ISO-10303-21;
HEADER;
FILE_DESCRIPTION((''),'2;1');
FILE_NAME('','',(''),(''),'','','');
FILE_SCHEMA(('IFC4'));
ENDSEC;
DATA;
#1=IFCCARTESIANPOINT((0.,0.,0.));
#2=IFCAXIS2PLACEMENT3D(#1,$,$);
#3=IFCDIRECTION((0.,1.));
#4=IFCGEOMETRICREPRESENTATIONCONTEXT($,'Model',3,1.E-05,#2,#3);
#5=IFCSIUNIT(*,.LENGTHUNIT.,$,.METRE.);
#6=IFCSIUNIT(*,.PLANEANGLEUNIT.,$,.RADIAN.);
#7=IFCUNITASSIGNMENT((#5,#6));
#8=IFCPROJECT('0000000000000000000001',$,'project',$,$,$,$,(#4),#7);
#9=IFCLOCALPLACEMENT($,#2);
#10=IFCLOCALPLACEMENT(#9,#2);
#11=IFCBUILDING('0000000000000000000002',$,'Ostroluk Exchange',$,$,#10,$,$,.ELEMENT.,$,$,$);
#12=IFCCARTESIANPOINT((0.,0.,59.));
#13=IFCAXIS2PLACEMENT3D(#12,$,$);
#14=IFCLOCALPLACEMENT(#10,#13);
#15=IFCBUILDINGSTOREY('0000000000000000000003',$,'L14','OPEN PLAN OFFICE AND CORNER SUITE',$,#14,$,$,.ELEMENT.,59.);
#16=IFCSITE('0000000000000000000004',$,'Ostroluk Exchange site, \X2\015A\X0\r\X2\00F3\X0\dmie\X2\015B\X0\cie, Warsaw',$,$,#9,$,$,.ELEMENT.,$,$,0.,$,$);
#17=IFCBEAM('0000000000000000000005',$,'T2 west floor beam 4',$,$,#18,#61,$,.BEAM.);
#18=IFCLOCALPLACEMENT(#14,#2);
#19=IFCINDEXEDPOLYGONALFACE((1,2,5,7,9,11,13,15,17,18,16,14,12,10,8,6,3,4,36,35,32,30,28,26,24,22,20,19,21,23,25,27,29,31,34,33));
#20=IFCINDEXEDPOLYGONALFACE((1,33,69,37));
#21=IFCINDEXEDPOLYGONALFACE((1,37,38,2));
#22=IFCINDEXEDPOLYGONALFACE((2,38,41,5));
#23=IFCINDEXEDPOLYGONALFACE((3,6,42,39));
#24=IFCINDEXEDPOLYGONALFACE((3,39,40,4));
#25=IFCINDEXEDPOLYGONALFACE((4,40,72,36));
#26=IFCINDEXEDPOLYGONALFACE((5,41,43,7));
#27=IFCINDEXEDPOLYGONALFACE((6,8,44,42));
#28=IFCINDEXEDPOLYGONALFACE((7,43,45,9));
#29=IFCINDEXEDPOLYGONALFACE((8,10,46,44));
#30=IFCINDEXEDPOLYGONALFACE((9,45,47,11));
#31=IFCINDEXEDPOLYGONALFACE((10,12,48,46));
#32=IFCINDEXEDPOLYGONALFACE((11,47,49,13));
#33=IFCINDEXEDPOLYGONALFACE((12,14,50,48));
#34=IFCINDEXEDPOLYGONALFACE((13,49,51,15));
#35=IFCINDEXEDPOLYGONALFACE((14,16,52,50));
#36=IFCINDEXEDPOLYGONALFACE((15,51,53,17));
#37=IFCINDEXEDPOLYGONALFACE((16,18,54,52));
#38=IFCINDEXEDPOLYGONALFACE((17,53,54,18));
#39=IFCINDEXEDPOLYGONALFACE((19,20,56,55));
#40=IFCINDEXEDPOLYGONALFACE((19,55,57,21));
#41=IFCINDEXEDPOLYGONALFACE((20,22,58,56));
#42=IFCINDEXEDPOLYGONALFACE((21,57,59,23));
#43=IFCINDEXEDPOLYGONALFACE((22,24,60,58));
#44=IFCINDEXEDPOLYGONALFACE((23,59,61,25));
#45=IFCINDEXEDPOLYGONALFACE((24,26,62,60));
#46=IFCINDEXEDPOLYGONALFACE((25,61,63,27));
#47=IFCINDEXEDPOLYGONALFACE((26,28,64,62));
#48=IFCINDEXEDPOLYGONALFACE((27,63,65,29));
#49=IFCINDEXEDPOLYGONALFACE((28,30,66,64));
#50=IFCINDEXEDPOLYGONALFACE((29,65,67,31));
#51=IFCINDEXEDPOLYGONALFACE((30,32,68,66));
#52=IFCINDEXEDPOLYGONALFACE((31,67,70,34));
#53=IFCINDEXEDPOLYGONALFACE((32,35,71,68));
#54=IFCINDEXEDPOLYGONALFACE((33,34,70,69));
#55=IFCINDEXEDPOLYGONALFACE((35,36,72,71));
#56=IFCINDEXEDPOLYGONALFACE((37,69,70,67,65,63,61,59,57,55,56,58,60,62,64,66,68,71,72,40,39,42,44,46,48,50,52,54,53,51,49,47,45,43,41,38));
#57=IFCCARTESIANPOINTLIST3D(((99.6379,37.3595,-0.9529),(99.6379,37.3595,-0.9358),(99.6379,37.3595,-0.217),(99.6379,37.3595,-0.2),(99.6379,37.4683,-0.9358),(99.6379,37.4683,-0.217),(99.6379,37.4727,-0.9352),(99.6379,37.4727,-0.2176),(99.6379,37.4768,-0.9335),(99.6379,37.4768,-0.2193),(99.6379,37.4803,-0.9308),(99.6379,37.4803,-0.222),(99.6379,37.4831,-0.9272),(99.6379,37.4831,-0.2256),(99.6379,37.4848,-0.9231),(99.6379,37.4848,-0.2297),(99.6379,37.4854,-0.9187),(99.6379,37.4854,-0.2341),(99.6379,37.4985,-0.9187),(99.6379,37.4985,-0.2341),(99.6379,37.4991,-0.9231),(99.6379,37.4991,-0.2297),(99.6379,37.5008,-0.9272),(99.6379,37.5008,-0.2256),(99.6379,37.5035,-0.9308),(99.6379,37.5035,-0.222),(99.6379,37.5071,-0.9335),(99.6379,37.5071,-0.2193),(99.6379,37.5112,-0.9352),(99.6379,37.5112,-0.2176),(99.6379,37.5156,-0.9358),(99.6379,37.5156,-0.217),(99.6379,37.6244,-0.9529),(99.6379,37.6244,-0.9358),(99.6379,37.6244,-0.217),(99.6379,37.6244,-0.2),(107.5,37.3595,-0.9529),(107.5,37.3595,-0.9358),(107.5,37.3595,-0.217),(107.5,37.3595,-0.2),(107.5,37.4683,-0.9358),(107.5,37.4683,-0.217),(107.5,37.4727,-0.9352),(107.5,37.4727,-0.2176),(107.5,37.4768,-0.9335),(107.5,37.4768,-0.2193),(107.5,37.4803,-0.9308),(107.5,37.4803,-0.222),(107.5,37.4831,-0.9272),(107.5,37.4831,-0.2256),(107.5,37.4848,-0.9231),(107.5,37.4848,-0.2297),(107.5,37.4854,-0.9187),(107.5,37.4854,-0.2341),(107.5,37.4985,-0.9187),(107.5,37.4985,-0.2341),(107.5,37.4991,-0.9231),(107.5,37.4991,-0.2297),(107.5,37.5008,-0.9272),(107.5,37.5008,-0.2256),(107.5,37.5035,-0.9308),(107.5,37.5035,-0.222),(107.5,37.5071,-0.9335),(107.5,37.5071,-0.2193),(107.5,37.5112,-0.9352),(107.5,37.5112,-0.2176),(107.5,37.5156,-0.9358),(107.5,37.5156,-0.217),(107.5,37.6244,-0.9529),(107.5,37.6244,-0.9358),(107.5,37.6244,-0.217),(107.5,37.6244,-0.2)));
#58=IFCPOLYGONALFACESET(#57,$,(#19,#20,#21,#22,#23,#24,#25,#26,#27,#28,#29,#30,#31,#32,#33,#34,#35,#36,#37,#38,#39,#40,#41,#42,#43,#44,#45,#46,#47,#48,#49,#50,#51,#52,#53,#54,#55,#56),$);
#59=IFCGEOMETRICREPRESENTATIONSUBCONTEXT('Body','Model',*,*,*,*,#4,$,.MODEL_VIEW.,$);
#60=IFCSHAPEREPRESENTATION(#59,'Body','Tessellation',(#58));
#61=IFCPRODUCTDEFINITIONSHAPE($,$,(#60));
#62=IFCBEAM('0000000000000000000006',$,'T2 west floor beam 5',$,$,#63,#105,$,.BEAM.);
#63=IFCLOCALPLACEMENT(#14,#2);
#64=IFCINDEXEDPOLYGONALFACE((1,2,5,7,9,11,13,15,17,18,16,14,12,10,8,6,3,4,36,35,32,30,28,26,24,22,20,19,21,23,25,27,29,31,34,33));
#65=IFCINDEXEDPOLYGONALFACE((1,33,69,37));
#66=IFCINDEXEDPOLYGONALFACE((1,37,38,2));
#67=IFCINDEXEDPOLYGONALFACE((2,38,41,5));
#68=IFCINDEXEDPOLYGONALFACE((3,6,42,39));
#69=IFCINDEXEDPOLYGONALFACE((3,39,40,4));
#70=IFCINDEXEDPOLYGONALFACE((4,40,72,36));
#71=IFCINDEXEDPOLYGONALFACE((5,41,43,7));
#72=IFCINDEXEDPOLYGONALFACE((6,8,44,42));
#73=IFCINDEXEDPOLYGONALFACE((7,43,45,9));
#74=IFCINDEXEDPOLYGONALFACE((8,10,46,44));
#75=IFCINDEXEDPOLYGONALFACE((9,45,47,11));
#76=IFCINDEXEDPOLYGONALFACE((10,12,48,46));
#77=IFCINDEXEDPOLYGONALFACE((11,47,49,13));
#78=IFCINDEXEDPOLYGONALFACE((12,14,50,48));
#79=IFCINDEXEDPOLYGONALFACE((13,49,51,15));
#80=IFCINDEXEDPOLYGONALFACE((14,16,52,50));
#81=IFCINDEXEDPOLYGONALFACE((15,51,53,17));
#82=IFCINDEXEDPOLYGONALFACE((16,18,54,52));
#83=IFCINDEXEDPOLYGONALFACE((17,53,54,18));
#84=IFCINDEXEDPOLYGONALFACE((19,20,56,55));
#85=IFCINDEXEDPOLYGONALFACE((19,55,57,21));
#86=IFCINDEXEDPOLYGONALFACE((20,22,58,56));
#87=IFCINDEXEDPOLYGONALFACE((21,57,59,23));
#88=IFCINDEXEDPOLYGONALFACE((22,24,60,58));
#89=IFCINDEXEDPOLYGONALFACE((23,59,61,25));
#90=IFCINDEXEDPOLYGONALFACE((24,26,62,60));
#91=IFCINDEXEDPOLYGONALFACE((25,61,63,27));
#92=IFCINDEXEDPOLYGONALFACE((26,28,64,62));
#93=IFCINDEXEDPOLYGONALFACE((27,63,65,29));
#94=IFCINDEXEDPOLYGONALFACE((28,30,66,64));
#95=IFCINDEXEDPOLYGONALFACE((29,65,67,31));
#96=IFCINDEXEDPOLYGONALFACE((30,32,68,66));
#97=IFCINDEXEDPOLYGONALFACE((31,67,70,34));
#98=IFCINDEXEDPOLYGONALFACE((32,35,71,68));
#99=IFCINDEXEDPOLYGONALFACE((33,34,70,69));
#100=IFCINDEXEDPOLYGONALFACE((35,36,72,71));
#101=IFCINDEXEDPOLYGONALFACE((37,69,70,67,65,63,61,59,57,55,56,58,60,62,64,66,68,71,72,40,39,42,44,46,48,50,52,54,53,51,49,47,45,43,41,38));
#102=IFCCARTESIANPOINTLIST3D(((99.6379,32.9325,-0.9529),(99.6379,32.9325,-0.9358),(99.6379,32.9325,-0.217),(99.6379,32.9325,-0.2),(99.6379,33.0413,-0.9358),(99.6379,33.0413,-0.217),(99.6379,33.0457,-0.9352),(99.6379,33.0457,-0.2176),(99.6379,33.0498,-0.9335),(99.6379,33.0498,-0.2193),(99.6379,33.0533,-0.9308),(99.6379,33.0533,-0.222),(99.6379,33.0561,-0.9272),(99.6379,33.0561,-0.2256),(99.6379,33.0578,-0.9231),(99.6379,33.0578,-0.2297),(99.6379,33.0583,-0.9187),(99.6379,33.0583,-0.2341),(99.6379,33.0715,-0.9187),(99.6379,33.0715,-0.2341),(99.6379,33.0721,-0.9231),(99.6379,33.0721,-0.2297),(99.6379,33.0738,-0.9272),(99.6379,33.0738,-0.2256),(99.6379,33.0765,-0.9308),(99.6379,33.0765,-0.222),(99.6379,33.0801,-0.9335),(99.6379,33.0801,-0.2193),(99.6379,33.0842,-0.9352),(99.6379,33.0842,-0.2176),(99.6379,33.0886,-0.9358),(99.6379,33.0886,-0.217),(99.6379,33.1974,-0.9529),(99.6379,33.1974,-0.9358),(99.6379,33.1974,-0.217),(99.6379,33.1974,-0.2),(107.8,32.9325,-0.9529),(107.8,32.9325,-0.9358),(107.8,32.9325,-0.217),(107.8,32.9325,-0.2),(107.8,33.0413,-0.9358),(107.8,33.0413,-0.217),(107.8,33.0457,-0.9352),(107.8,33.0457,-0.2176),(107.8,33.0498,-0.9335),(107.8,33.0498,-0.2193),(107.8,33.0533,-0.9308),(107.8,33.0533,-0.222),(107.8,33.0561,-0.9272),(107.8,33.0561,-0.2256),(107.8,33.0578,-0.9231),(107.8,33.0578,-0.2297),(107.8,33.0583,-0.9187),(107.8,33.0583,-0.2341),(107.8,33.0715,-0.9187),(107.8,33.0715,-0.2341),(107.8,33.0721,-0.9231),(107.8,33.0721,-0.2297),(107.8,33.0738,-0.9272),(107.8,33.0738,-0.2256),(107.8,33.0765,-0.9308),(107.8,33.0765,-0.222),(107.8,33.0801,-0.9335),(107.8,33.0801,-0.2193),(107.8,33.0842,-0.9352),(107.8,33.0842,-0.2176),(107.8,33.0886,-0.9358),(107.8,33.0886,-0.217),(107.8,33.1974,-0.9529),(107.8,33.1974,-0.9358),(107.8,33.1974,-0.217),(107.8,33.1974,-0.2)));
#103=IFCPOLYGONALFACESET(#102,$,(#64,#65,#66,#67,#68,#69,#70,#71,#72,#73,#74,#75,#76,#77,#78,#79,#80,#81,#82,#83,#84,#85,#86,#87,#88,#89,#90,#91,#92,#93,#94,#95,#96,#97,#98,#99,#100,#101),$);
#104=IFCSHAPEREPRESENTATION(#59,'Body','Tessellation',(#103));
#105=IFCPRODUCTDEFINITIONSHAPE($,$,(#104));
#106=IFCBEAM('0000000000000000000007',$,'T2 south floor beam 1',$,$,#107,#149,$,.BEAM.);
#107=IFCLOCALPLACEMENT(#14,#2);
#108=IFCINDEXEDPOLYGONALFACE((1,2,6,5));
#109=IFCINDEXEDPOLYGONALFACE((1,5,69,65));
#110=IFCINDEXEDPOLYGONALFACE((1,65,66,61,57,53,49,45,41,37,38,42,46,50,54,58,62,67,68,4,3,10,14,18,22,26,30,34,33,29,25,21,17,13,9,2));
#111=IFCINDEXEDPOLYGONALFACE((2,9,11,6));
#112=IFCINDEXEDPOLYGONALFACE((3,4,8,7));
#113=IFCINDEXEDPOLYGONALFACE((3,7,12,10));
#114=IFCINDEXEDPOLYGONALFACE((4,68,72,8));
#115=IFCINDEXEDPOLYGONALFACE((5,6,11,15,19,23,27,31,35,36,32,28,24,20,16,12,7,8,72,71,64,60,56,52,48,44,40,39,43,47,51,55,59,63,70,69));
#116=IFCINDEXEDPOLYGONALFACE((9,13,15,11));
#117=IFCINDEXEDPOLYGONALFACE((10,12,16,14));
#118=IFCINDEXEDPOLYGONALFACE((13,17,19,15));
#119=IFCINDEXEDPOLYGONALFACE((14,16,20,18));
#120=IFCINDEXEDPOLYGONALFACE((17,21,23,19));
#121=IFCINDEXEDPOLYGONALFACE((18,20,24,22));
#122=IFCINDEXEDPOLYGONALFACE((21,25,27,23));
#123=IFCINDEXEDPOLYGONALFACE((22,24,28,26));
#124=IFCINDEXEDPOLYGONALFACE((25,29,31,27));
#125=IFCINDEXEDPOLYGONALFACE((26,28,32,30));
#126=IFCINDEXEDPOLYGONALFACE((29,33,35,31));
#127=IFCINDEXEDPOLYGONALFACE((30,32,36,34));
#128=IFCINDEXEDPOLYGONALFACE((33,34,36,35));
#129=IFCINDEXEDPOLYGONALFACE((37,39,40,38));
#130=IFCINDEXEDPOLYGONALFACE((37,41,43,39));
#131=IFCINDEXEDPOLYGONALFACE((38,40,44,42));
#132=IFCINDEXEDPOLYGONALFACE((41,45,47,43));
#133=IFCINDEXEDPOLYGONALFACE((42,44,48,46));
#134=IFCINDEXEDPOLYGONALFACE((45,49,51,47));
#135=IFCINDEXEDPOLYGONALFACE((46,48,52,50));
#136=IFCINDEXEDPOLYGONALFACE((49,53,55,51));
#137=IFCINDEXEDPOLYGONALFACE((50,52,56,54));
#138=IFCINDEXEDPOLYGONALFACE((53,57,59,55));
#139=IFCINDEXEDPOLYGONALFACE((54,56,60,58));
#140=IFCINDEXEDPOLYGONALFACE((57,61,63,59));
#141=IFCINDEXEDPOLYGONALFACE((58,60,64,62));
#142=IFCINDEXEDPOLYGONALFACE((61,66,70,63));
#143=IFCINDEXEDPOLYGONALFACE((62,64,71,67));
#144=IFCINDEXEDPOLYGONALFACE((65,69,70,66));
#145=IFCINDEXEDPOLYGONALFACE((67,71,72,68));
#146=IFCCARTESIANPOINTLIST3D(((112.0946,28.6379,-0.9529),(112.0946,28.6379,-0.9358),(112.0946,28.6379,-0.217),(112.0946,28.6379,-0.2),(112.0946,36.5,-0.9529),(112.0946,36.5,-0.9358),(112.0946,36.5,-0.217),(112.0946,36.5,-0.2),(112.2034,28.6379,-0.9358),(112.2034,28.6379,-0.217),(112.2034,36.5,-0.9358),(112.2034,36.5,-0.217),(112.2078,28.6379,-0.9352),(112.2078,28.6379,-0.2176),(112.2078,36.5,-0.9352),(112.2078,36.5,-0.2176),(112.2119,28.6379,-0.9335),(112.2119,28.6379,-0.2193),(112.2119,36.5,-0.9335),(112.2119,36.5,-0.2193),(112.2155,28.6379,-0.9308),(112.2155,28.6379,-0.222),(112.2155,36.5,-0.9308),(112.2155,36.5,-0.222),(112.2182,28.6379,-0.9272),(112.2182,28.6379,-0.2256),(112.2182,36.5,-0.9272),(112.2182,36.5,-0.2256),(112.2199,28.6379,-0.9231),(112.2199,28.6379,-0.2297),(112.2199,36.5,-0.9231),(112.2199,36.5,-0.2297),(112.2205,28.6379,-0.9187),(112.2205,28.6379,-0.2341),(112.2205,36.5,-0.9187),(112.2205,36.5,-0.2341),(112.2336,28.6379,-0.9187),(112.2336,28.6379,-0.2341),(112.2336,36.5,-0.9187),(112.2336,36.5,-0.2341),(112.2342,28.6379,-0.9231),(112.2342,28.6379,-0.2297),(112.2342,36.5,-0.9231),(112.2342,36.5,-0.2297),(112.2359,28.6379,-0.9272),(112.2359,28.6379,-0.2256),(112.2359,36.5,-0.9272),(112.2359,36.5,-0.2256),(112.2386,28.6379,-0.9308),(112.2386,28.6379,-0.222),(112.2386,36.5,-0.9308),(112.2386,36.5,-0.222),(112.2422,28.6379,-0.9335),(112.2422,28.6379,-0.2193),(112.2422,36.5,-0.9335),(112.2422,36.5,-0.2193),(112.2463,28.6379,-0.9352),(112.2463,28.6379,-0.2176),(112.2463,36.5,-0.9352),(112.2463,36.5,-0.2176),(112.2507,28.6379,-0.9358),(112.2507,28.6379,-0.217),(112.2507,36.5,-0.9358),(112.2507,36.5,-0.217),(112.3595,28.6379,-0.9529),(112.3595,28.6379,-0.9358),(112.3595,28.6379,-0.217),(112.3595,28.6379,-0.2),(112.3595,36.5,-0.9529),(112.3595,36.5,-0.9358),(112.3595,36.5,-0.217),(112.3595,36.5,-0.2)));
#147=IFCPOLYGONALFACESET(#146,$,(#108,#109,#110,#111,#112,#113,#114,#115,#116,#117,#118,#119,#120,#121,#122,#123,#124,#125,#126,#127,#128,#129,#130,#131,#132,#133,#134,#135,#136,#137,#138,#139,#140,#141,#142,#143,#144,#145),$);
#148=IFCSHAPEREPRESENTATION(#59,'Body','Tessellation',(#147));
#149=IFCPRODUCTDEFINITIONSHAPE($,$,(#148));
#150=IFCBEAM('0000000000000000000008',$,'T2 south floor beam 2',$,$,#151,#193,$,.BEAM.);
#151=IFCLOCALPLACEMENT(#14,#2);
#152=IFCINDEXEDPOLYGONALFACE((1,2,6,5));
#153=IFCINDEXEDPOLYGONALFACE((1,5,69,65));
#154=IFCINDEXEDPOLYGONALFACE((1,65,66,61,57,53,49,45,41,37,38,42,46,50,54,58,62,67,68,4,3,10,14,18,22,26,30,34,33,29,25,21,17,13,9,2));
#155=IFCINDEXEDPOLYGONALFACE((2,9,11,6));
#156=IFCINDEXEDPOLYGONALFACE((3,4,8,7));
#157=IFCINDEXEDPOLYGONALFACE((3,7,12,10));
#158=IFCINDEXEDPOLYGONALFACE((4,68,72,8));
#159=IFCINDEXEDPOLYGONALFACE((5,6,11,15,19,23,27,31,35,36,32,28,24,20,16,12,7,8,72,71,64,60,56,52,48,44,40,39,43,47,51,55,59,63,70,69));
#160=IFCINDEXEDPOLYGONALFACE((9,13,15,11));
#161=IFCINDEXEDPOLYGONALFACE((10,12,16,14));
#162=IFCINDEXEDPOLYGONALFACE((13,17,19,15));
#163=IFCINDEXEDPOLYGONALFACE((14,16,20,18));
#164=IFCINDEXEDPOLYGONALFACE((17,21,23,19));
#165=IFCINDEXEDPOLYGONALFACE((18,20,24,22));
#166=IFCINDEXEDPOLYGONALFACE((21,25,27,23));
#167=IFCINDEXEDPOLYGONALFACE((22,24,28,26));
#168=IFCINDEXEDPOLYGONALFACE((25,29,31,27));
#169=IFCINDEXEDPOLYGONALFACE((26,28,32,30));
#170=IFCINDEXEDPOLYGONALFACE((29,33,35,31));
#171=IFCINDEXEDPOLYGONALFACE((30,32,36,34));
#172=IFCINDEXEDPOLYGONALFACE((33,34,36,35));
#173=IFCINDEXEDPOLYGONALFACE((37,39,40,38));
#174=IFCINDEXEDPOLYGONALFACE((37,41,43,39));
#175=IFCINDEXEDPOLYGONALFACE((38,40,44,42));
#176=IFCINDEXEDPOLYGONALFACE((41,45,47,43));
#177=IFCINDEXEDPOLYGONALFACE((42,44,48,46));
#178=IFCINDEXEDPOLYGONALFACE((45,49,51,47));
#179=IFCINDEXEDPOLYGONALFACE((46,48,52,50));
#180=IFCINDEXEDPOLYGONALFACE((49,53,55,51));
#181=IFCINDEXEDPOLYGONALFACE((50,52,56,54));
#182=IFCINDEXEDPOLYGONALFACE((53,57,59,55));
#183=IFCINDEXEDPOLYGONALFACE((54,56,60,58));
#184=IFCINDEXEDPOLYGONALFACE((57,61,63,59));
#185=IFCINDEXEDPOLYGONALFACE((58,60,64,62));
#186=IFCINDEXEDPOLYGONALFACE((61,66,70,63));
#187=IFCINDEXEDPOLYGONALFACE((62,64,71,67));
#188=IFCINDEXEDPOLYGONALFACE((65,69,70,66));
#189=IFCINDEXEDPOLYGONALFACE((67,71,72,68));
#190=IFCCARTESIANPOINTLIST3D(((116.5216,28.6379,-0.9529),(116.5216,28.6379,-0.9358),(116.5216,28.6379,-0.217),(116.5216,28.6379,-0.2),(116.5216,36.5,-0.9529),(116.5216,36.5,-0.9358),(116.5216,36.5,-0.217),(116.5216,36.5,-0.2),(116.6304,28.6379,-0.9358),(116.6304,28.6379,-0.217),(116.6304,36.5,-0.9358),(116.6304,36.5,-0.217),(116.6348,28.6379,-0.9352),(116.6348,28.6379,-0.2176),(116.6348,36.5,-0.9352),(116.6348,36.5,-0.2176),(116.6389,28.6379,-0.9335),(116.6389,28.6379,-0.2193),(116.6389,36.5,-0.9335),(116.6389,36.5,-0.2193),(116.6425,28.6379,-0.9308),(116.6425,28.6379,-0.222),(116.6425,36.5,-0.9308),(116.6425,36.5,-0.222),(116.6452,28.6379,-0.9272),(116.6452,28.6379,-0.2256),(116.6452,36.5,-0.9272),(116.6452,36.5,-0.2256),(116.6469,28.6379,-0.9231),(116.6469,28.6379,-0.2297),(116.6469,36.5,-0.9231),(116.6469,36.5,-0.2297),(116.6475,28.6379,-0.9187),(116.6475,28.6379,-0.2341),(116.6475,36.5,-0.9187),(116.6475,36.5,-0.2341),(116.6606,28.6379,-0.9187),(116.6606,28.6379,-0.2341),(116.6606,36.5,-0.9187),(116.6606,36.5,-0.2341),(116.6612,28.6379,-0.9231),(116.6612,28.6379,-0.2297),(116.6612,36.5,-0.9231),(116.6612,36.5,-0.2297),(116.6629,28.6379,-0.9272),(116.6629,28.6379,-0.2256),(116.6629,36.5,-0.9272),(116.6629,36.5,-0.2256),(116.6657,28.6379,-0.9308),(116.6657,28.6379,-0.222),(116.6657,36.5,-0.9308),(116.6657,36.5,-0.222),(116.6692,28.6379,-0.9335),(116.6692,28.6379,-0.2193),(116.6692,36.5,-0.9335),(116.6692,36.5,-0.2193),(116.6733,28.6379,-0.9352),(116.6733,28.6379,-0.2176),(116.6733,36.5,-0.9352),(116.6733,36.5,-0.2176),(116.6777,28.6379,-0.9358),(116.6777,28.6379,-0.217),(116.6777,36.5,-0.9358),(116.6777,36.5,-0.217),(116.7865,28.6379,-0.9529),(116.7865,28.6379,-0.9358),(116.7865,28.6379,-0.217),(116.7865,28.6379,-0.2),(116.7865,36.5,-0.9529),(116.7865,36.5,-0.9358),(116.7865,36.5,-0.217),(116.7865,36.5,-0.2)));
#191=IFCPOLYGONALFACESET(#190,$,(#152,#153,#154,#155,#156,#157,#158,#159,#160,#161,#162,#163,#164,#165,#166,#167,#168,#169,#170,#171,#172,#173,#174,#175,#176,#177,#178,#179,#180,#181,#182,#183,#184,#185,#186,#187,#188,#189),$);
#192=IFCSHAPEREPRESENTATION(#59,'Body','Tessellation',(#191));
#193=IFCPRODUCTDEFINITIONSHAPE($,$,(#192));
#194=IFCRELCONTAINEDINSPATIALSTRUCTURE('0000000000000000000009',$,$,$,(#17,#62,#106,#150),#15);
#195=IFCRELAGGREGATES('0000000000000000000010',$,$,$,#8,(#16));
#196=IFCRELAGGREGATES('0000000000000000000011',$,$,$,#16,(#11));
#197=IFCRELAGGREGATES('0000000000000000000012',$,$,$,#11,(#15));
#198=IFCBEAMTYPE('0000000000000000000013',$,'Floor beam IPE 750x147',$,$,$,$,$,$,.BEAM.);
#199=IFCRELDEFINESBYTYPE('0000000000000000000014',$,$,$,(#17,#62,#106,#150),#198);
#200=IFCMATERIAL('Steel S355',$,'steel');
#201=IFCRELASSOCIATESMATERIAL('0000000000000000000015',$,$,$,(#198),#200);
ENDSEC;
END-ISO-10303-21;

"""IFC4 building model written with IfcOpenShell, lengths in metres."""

from ifc_helpers import new_model, si_unit, direction, frame, origin, origin_2d, place, context, subcontext, project, spatial, i_section, extrude, material, material_profile, profile_set, type_object, element, save


model = new_model("IFC4")

# Units and contexts
model_context = context("Model", 3, precision=1e-05, world=origin(), true_north=direction((0.0, 1.0)))
body_context = subcontext(model_context, "Body", "Model", "MODEL_VIEW")
ifc_project = project(units=[si_unit("LENGTHUNIT", "METRE"), si_unit("PLANEANGLEUNIT", "RADIAN")], contexts=[model_context])

# Site, building, storey
site_placement = place(None, origin())
site = spatial("IfcSite", under=ifc_project, at=site_placement, Name="Ostroluk Exchange site, Śródmieście, Warsaw", CompositionType="ELEMENT", RefElevation=0.0)
building_placement = place(site_placement, origin())
building = spatial("IfcBuilding", under=site, at=building_placement, Name="Ostroluk Exchange", CompositionType="ELEMENT")
storey_placement = place(building_placement, frame((0.0, 0.0, 59.0)))
storey = spatial("IfcBuildingStorey", under=building, at=storey_placement, Name="L14", Description="OPEN PLAN OFFICE AND CORNER SUITE", CompositionType="ELEMENT", Elevation=59.0)

# Beams
ifc_material_1 = material(Name="Steel S355", Category="steel")
ifc_material_profile_1 = material_profile(ifc_material_1, i_section(OverallWidth=0.2649, OverallDepth=0.7529, WebThickness=0.0132, FlangeThickness=0.0171, FilletRadius=0.0171, at=origin_2d()), Name="IPE 750x147")
ifc_profile_set_1 = profile_set([ifc_material_profile_1], Name="Steel S355")
beam_type_1 = type_object("IfcBeamType", Name="Floor beam IPE 750x147", PredefinedType="BEAM", material=ifc_profile_set_1)
beam_1_placement = place(storey_placement, frame((107.5, 37.4919, -0.5764), z_axis=(-1.0, 0.0, 0.0), x_axis=(0.0, -1.0, 0.0)))
element("IfcBeam", 1, at=beam_1_placement, inside=storey, type_object=beam_type_1, Name="T2 west floor beam 4", PredefinedType="BEAM", context=body_context, shape_type="SweptSolid", body=[
    extrude(i_section(OverallWidth=0.2649, OverallDepth=0.7529, WebThickness=0.0132, FlangeThickness=0.0171, FilletRadius=0.0171, at=origin_2d()), origin(), (0.0, 0.0, 1.0), 7.8621),
])
beam_2_placement = place(storey_placement, frame((107.8, 33.0649, -0.5764), z_axis=(-1.0, 0.0, 0.0), x_axis=(0.0, -1.0, 0.0)))
element("IfcBeam", 2, at=beam_2_placement, inside=storey, type_object=beam_type_1, Name="T2 west floor beam 5", PredefinedType="BEAM", context=body_context, shape_type="SweptSolid", body=[
    extrude(i_section(OverallWidth=0.2649, OverallDepth=0.7529, WebThickness=0.0132, FlangeThickness=0.0171, FilletRadius=0.0171, at=origin_2d()), origin(), (0.0, 0.0, 1.0), 8.1621),
])
for number, where, z_axis, x_axis, name in (
    (3, (112.2271, 36.5, -0.5764), (0.0, -1.0, 0.0), (1.0, 0.0, 0.0), "T2 south floor beam 1"),
    (4, (116.6541, 36.5, -0.5764), (0.0, -1.0, 0.0), (1.0, 0.0, 0.0), "T2 south floor beam 2"),
):
    element("IfcBeam", number, at=place(storey_placement, frame(where, z_axis=z_axis, x_axis=x_axis)), inside=storey, type_object=beam_type_1, Name=name, PredefinedType="BEAM", context=body_context, shape_type="SweptSolid", body=[
        extrude(i_section(OverallWidth=0.2649, OverallDepth=0.7529, WebThickness=0.0132, FlangeThickness=0.0171, FilletRadius=0.0171, at=origin_2d()), origin(), (0.0, 0.0, 1.0), 7.8621),
    ])

save(model, "model.ifc")
